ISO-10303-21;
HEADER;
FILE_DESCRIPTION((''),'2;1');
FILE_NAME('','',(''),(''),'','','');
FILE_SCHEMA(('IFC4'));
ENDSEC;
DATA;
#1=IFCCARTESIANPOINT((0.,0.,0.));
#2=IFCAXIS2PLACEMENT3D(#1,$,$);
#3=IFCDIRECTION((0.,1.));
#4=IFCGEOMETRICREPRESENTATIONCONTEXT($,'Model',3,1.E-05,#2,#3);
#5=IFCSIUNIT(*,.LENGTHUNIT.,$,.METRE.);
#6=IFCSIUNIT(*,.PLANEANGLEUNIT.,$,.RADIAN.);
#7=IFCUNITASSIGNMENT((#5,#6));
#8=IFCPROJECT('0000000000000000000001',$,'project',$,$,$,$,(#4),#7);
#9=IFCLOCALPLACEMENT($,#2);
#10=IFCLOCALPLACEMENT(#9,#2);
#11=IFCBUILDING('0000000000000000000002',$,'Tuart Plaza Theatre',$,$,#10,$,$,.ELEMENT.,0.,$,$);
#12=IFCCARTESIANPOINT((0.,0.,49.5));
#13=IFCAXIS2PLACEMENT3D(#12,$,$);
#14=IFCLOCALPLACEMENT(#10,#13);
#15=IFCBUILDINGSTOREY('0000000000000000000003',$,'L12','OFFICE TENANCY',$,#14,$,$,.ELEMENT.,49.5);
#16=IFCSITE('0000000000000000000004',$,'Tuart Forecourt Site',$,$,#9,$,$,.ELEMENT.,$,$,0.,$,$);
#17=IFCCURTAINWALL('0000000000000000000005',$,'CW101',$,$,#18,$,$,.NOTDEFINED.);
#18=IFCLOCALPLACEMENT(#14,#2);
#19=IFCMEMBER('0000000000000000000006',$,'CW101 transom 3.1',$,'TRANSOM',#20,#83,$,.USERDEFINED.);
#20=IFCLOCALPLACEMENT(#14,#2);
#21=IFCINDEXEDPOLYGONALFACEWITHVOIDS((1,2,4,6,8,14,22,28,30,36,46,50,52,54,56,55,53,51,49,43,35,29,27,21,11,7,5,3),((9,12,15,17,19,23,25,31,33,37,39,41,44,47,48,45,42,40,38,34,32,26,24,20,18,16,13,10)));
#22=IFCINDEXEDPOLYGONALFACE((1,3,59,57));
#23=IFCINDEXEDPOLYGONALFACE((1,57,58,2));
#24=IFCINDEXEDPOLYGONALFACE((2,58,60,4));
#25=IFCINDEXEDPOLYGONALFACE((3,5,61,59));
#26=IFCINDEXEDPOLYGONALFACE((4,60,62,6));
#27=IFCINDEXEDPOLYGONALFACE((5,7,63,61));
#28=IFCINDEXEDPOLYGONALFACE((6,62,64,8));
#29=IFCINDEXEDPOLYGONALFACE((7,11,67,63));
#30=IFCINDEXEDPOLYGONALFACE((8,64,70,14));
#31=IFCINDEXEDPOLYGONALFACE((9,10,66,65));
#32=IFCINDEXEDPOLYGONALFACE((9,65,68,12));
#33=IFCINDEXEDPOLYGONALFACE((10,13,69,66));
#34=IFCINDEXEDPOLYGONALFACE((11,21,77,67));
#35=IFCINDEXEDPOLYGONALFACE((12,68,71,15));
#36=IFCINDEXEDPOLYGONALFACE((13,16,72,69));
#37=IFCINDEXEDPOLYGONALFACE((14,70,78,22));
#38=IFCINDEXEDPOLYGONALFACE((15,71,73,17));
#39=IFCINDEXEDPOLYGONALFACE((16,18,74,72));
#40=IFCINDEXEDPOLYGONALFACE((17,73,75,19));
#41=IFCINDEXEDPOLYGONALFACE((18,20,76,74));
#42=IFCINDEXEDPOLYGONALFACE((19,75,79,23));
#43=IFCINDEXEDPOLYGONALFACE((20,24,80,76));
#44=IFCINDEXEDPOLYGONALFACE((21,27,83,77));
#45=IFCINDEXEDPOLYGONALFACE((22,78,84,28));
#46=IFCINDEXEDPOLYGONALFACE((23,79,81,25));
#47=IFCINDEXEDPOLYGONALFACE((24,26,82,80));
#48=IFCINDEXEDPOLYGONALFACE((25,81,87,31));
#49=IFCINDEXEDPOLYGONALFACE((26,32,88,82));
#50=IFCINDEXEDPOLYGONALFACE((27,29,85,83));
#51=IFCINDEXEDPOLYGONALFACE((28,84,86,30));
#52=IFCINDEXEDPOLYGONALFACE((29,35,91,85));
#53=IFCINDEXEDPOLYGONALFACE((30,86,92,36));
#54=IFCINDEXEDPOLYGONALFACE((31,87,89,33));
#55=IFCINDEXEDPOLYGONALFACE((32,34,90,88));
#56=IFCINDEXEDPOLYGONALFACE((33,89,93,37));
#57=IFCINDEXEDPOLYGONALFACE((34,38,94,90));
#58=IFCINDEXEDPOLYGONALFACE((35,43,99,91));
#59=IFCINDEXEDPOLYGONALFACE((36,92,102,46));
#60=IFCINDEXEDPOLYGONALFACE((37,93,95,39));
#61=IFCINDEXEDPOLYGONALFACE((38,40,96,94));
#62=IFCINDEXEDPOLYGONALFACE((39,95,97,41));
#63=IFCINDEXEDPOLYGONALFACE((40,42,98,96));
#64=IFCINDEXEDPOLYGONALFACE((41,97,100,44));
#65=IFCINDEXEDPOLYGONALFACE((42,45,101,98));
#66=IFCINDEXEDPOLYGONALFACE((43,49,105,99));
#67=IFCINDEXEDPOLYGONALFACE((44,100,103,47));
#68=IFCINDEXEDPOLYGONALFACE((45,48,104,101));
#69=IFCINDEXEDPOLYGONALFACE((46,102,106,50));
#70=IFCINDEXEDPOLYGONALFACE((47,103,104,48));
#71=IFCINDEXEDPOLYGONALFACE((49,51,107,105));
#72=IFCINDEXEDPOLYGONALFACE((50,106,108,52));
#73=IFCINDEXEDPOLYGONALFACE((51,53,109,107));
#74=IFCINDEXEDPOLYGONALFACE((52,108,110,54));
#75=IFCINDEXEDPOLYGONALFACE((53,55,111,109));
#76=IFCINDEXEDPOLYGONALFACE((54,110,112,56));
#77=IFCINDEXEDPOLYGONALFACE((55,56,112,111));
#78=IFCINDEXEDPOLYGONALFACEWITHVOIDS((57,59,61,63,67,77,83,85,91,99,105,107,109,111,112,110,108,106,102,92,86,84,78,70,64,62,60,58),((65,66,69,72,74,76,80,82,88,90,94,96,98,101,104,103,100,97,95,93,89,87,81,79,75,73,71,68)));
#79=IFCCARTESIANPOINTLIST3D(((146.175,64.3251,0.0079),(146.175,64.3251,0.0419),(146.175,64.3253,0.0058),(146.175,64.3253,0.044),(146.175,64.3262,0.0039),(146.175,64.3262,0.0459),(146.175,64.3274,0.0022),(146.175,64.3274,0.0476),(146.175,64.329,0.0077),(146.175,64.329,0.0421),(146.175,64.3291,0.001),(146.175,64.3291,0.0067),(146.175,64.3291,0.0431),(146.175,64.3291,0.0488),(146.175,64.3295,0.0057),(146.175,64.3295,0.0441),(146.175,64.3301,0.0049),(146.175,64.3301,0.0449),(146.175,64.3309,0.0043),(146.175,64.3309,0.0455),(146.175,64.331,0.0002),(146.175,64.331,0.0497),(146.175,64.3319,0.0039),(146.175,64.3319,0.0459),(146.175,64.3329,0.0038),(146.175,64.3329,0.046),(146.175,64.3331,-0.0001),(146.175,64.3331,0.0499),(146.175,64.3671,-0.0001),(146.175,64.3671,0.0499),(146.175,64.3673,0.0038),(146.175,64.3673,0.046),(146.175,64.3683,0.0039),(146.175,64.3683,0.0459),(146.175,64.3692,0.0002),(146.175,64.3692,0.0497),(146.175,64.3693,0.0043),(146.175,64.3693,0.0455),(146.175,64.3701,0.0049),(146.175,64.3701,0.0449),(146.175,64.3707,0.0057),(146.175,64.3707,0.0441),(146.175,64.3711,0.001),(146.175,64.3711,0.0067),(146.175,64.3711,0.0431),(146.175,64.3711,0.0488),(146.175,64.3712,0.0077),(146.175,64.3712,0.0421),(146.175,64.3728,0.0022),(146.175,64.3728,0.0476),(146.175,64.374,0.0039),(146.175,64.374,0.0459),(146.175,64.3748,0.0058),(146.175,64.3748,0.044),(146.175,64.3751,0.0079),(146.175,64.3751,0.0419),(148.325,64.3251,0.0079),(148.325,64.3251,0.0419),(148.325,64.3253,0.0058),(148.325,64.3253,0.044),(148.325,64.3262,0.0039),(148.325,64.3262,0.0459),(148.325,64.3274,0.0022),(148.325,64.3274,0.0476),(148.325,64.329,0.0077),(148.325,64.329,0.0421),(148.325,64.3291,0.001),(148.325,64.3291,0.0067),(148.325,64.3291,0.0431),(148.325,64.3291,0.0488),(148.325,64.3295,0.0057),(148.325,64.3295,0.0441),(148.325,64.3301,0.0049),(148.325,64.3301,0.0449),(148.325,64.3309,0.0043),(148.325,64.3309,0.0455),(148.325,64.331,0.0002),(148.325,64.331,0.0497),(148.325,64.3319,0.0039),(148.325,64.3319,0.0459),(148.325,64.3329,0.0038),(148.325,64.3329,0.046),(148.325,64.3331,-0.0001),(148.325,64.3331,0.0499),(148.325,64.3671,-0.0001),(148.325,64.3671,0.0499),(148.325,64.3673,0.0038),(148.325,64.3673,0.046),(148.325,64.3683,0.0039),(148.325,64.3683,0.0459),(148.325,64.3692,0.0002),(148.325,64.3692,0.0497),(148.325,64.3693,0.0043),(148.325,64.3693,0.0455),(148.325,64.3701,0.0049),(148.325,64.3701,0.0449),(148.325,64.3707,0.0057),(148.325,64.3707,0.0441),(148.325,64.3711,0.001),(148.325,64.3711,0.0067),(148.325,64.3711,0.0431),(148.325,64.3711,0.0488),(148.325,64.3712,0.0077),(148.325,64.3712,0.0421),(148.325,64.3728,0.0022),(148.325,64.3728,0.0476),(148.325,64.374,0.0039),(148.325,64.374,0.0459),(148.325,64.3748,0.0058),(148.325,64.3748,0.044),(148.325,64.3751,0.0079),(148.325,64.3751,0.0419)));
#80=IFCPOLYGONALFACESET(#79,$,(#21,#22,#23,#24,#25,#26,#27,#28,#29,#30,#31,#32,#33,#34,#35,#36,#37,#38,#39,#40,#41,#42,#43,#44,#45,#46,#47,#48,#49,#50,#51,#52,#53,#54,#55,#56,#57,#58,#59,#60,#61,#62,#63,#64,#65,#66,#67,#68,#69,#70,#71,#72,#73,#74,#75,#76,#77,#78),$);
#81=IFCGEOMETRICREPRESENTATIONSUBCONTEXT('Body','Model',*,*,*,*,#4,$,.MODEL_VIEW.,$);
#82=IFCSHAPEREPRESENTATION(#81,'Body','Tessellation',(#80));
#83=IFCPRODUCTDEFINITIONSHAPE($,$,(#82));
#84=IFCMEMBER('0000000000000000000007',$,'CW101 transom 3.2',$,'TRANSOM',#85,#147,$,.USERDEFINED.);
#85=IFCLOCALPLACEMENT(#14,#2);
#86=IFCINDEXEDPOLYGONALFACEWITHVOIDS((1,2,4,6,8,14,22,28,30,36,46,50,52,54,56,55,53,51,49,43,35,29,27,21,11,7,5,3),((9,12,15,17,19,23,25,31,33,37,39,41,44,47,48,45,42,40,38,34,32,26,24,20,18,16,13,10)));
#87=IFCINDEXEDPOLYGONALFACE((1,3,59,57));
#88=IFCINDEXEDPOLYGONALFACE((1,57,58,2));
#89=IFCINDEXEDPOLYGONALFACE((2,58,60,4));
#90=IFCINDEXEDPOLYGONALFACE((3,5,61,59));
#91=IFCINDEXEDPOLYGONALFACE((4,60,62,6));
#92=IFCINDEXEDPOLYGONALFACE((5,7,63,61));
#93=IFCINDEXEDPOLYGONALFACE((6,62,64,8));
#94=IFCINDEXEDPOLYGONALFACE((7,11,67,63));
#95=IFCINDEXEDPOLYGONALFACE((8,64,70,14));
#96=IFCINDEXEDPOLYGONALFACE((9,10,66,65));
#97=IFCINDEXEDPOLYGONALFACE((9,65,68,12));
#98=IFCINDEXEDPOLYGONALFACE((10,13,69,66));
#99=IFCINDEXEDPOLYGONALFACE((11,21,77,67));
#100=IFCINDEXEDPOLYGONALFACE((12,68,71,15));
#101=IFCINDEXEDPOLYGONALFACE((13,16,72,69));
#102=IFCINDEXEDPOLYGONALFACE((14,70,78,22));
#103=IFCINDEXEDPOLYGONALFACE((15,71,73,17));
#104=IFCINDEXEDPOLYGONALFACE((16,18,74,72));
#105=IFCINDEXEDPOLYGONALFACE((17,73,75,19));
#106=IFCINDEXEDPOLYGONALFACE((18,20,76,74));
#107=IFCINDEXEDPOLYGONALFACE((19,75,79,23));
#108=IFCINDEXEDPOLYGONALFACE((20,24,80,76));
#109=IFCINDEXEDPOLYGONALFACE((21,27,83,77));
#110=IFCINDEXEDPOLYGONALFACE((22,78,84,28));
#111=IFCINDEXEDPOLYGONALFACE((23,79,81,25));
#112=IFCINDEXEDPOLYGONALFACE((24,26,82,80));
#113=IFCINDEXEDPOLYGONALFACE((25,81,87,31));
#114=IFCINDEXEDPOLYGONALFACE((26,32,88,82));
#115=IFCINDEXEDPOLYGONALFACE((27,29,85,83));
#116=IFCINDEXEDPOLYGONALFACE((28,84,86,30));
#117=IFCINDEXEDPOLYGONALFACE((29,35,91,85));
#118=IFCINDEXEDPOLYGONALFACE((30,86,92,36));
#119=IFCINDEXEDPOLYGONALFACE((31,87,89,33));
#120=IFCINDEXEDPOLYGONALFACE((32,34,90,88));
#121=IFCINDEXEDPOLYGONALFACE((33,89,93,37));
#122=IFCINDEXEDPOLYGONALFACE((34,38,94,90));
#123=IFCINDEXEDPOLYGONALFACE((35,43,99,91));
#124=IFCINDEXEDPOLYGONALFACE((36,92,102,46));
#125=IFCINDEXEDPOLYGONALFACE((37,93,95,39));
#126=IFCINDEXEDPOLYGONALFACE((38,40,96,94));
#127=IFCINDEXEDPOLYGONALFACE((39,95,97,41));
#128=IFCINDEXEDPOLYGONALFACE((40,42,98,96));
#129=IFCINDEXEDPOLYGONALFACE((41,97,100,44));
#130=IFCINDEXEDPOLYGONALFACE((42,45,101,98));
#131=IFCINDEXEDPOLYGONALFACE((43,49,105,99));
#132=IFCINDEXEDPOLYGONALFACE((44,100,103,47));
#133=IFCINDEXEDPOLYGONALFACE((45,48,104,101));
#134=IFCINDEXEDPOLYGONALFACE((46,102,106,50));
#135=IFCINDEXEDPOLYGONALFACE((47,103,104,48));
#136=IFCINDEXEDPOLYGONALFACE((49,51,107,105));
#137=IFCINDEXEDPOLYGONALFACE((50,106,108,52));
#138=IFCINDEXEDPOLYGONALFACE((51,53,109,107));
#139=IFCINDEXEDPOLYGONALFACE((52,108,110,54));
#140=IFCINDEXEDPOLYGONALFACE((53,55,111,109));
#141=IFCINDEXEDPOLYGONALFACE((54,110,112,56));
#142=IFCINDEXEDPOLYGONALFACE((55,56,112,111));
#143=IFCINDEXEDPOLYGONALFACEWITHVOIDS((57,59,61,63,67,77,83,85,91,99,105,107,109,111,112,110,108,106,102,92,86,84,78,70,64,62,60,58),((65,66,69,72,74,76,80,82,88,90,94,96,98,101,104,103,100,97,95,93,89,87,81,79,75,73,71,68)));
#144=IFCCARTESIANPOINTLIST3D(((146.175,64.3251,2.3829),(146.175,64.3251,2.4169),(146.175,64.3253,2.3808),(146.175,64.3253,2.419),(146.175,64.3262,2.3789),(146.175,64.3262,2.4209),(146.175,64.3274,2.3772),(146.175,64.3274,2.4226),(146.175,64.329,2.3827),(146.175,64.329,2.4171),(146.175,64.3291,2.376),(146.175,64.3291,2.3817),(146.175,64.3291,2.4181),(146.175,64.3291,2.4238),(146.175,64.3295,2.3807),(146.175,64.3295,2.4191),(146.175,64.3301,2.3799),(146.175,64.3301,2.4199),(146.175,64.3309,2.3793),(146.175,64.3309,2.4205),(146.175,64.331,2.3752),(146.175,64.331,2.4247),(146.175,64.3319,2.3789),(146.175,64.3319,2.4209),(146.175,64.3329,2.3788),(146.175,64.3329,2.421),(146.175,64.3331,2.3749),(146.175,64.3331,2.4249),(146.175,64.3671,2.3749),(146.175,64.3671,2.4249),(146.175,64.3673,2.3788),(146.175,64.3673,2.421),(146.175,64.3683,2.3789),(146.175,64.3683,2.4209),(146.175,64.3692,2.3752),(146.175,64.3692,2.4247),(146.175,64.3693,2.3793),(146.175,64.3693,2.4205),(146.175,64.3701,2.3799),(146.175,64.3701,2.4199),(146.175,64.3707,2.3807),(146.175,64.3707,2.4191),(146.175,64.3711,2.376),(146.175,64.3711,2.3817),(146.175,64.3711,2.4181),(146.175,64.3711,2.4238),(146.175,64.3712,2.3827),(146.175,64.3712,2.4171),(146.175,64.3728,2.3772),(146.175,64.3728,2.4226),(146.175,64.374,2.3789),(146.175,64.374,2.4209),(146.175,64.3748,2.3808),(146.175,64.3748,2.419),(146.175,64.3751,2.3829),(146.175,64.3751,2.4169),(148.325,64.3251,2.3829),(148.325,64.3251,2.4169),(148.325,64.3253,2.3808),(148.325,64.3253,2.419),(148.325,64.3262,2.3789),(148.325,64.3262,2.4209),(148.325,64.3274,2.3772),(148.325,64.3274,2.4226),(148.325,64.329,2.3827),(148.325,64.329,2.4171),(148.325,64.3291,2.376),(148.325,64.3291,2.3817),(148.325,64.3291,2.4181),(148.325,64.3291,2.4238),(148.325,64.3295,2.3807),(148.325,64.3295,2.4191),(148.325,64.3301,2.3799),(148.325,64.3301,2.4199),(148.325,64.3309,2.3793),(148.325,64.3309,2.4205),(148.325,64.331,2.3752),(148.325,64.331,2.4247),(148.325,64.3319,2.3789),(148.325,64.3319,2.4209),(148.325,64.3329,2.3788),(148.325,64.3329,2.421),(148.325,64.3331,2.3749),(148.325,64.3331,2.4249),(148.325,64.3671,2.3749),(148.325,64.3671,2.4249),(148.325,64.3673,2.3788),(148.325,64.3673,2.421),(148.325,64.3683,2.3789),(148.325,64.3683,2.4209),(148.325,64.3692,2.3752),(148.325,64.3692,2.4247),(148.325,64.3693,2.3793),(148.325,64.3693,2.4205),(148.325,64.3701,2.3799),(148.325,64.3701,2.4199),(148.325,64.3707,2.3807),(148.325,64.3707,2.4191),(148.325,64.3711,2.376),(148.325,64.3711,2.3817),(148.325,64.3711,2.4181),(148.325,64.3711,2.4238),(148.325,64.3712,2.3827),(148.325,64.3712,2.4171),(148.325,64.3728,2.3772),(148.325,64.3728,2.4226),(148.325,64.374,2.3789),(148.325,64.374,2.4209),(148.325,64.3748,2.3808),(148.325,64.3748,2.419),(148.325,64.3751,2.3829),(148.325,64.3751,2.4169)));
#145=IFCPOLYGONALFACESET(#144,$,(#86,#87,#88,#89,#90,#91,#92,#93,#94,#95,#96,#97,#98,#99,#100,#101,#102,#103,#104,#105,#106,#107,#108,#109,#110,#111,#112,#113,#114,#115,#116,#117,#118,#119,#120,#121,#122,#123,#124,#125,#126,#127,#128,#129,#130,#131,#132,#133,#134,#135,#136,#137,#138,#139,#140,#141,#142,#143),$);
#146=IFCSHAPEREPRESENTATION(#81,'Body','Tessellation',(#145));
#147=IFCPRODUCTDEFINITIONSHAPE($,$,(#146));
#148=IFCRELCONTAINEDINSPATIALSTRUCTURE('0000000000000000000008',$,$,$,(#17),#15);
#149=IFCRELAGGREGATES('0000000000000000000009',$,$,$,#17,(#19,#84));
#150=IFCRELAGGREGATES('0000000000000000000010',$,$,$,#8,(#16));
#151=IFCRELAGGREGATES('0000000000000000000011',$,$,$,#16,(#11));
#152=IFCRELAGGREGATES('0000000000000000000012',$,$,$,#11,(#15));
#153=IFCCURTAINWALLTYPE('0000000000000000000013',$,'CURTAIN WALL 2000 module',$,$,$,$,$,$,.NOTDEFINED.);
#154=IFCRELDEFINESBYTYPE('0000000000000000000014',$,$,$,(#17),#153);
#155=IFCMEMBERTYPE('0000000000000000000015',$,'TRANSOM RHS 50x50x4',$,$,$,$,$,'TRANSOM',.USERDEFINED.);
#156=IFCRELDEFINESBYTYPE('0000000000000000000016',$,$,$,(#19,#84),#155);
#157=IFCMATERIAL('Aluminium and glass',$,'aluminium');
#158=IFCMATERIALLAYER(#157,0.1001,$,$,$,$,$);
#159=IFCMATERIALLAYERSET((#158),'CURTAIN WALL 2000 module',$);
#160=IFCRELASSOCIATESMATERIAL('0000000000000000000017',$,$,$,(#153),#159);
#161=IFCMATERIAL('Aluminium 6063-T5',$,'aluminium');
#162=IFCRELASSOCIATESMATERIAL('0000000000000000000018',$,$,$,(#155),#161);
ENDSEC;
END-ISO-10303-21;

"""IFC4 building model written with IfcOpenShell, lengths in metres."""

from ifc_helpers import new_model, si_unit, direction, frame, origin, origin_2d, place, context, subcontext, project, spatial, hollow_rectangle, extrude, material, layer, layer_set, material_profile, profile_set, type_object, element, aggregate, save


model = new_model("IFC4")

# Units and contexts
model_context = context("Model", 3, precision=1e-05, world=origin(), true_north=direction((0.0, 1.0)))
body_context = subcontext(model_context, "Body", "Model", "MODEL_VIEW")
ifc_project = project(units=[si_unit("LENGTHUNIT", "METRE"), si_unit("PLANEANGLEUNIT", "RADIAN")], contexts=[model_context])

# Site, building, storey
site_placement = place(None, origin())
site = spatial("IfcSite", under=ifc_project, at=site_placement, Name="Tuart Forecourt Site", CompositionType="ELEMENT", RefElevation=0.0)
building_placement = place(site_placement, origin())
building = spatial("IfcBuilding", under=site, at=building_placement, Name="Tuart Plaza Theatre", CompositionType="ELEMENT", ElevationOfRefHeight=0.0)
storey_placement = place(building_placement, frame((0.0, 0.0, 49.5)))
storey = spatial("IfcBuildingStorey", under=building, at=storey_placement, Name="L12", Description="OFFICE TENANCY", CompositionType="ELEMENT", Elevation=49.5)

# Curtain wall
ifc_material_1 = material(Name="Aluminium and glass", Category="aluminium")
ifc_layer_1 = layer(ifc_material_1, 0.1001)
ifc_layer_set_1 = layer_set([ifc_layer_1], Name="CURTAIN WALL 2000 module")
curtain_wall_type = type_object("IfcCurtainWallType", Name="CURTAIN WALL 2000 module", PredefinedType="NOTDEFINED", material=ifc_layer_set_1)
curtain_wall_1_placement = place(storey_placement, origin())
curtain_wall_1 = element("IfcCurtainWall", 1, at=curtain_wall_1_placement, inside=storey, type_object=curtain_wall_type, Name="CW101", PredefinedType="NOTDEFINED")

# Members
ifc_material_2 = material(Name="Aluminium 6063-T5", Category="aluminium")
ifc_material_profile_1 = material_profile(ifc_material_2, hollow_rectangle(XDim=0.05, YDim=0.05, WallThickness=0.0039, InnerFilletRadius=0.0039, OuterFilletRadius=0.0081, at=origin_2d()), Name="RHS 50x50x4")
ifc_profile_set_1 = profile_set([ifc_material_profile_1], Name="Aluminium 6063-T5")
member_type_1 = type_object("IfcMemberType", Name="TRANSOM RHS 50x50x4", ElementType="TRANSOM", PredefinedType="USERDEFINED", material=ifc_profile_set_1)
member_1_placement = place(storey_placement, frame((146.175, 64.3501, 0.0249), z_axis=(1.0, 0.0, 0.0), x_axis=(0.0, 1.0, 0.0)))
member_1 = element("IfcMember", 2, at=member_1_placement, type_object=member_type_1, Name="CW101 transom 3.1", ObjectType="TRANSOM", PredefinedType="USERDEFINED", context=body_context, shape_type="SweptSolid", body=[
    extrude(hollow_rectangle(XDim=0.05, YDim=0.05, WallThickness=0.0039, InnerFilletRadius=0.0039, OuterFilletRadius=0.0081, at=origin_2d()), origin(), (0.0, 0.0, 1.0), 2.1499),
])
member_2_placement = place(storey_placement, frame((146.175, 64.3501, 2.3999), z_axis=(1.0, 0.0, 0.0), x_axis=(0.0, 1.0, 0.0)))
member_2 = element("IfcMember", 3, at=member_2_placement, type_object=member_type_1, Name="CW101 transom 3.2", ObjectType="TRANSOM", PredefinedType="USERDEFINED", context=body_context, shape_type="SweptSolid", body=[
    extrude(hollow_rectangle(XDim=0.05, YDim=0.05, WallThickness=0.0039, InnerFilletRadius=0.0039, OuterFilletRadius=0.0081, at=origin_2d()), origin(), (0.0, 0.0, 1.0), 2.1499),
])

aggregate(curtain_wall_1, [member_1, member_2])

save(model, "model.ifc")
